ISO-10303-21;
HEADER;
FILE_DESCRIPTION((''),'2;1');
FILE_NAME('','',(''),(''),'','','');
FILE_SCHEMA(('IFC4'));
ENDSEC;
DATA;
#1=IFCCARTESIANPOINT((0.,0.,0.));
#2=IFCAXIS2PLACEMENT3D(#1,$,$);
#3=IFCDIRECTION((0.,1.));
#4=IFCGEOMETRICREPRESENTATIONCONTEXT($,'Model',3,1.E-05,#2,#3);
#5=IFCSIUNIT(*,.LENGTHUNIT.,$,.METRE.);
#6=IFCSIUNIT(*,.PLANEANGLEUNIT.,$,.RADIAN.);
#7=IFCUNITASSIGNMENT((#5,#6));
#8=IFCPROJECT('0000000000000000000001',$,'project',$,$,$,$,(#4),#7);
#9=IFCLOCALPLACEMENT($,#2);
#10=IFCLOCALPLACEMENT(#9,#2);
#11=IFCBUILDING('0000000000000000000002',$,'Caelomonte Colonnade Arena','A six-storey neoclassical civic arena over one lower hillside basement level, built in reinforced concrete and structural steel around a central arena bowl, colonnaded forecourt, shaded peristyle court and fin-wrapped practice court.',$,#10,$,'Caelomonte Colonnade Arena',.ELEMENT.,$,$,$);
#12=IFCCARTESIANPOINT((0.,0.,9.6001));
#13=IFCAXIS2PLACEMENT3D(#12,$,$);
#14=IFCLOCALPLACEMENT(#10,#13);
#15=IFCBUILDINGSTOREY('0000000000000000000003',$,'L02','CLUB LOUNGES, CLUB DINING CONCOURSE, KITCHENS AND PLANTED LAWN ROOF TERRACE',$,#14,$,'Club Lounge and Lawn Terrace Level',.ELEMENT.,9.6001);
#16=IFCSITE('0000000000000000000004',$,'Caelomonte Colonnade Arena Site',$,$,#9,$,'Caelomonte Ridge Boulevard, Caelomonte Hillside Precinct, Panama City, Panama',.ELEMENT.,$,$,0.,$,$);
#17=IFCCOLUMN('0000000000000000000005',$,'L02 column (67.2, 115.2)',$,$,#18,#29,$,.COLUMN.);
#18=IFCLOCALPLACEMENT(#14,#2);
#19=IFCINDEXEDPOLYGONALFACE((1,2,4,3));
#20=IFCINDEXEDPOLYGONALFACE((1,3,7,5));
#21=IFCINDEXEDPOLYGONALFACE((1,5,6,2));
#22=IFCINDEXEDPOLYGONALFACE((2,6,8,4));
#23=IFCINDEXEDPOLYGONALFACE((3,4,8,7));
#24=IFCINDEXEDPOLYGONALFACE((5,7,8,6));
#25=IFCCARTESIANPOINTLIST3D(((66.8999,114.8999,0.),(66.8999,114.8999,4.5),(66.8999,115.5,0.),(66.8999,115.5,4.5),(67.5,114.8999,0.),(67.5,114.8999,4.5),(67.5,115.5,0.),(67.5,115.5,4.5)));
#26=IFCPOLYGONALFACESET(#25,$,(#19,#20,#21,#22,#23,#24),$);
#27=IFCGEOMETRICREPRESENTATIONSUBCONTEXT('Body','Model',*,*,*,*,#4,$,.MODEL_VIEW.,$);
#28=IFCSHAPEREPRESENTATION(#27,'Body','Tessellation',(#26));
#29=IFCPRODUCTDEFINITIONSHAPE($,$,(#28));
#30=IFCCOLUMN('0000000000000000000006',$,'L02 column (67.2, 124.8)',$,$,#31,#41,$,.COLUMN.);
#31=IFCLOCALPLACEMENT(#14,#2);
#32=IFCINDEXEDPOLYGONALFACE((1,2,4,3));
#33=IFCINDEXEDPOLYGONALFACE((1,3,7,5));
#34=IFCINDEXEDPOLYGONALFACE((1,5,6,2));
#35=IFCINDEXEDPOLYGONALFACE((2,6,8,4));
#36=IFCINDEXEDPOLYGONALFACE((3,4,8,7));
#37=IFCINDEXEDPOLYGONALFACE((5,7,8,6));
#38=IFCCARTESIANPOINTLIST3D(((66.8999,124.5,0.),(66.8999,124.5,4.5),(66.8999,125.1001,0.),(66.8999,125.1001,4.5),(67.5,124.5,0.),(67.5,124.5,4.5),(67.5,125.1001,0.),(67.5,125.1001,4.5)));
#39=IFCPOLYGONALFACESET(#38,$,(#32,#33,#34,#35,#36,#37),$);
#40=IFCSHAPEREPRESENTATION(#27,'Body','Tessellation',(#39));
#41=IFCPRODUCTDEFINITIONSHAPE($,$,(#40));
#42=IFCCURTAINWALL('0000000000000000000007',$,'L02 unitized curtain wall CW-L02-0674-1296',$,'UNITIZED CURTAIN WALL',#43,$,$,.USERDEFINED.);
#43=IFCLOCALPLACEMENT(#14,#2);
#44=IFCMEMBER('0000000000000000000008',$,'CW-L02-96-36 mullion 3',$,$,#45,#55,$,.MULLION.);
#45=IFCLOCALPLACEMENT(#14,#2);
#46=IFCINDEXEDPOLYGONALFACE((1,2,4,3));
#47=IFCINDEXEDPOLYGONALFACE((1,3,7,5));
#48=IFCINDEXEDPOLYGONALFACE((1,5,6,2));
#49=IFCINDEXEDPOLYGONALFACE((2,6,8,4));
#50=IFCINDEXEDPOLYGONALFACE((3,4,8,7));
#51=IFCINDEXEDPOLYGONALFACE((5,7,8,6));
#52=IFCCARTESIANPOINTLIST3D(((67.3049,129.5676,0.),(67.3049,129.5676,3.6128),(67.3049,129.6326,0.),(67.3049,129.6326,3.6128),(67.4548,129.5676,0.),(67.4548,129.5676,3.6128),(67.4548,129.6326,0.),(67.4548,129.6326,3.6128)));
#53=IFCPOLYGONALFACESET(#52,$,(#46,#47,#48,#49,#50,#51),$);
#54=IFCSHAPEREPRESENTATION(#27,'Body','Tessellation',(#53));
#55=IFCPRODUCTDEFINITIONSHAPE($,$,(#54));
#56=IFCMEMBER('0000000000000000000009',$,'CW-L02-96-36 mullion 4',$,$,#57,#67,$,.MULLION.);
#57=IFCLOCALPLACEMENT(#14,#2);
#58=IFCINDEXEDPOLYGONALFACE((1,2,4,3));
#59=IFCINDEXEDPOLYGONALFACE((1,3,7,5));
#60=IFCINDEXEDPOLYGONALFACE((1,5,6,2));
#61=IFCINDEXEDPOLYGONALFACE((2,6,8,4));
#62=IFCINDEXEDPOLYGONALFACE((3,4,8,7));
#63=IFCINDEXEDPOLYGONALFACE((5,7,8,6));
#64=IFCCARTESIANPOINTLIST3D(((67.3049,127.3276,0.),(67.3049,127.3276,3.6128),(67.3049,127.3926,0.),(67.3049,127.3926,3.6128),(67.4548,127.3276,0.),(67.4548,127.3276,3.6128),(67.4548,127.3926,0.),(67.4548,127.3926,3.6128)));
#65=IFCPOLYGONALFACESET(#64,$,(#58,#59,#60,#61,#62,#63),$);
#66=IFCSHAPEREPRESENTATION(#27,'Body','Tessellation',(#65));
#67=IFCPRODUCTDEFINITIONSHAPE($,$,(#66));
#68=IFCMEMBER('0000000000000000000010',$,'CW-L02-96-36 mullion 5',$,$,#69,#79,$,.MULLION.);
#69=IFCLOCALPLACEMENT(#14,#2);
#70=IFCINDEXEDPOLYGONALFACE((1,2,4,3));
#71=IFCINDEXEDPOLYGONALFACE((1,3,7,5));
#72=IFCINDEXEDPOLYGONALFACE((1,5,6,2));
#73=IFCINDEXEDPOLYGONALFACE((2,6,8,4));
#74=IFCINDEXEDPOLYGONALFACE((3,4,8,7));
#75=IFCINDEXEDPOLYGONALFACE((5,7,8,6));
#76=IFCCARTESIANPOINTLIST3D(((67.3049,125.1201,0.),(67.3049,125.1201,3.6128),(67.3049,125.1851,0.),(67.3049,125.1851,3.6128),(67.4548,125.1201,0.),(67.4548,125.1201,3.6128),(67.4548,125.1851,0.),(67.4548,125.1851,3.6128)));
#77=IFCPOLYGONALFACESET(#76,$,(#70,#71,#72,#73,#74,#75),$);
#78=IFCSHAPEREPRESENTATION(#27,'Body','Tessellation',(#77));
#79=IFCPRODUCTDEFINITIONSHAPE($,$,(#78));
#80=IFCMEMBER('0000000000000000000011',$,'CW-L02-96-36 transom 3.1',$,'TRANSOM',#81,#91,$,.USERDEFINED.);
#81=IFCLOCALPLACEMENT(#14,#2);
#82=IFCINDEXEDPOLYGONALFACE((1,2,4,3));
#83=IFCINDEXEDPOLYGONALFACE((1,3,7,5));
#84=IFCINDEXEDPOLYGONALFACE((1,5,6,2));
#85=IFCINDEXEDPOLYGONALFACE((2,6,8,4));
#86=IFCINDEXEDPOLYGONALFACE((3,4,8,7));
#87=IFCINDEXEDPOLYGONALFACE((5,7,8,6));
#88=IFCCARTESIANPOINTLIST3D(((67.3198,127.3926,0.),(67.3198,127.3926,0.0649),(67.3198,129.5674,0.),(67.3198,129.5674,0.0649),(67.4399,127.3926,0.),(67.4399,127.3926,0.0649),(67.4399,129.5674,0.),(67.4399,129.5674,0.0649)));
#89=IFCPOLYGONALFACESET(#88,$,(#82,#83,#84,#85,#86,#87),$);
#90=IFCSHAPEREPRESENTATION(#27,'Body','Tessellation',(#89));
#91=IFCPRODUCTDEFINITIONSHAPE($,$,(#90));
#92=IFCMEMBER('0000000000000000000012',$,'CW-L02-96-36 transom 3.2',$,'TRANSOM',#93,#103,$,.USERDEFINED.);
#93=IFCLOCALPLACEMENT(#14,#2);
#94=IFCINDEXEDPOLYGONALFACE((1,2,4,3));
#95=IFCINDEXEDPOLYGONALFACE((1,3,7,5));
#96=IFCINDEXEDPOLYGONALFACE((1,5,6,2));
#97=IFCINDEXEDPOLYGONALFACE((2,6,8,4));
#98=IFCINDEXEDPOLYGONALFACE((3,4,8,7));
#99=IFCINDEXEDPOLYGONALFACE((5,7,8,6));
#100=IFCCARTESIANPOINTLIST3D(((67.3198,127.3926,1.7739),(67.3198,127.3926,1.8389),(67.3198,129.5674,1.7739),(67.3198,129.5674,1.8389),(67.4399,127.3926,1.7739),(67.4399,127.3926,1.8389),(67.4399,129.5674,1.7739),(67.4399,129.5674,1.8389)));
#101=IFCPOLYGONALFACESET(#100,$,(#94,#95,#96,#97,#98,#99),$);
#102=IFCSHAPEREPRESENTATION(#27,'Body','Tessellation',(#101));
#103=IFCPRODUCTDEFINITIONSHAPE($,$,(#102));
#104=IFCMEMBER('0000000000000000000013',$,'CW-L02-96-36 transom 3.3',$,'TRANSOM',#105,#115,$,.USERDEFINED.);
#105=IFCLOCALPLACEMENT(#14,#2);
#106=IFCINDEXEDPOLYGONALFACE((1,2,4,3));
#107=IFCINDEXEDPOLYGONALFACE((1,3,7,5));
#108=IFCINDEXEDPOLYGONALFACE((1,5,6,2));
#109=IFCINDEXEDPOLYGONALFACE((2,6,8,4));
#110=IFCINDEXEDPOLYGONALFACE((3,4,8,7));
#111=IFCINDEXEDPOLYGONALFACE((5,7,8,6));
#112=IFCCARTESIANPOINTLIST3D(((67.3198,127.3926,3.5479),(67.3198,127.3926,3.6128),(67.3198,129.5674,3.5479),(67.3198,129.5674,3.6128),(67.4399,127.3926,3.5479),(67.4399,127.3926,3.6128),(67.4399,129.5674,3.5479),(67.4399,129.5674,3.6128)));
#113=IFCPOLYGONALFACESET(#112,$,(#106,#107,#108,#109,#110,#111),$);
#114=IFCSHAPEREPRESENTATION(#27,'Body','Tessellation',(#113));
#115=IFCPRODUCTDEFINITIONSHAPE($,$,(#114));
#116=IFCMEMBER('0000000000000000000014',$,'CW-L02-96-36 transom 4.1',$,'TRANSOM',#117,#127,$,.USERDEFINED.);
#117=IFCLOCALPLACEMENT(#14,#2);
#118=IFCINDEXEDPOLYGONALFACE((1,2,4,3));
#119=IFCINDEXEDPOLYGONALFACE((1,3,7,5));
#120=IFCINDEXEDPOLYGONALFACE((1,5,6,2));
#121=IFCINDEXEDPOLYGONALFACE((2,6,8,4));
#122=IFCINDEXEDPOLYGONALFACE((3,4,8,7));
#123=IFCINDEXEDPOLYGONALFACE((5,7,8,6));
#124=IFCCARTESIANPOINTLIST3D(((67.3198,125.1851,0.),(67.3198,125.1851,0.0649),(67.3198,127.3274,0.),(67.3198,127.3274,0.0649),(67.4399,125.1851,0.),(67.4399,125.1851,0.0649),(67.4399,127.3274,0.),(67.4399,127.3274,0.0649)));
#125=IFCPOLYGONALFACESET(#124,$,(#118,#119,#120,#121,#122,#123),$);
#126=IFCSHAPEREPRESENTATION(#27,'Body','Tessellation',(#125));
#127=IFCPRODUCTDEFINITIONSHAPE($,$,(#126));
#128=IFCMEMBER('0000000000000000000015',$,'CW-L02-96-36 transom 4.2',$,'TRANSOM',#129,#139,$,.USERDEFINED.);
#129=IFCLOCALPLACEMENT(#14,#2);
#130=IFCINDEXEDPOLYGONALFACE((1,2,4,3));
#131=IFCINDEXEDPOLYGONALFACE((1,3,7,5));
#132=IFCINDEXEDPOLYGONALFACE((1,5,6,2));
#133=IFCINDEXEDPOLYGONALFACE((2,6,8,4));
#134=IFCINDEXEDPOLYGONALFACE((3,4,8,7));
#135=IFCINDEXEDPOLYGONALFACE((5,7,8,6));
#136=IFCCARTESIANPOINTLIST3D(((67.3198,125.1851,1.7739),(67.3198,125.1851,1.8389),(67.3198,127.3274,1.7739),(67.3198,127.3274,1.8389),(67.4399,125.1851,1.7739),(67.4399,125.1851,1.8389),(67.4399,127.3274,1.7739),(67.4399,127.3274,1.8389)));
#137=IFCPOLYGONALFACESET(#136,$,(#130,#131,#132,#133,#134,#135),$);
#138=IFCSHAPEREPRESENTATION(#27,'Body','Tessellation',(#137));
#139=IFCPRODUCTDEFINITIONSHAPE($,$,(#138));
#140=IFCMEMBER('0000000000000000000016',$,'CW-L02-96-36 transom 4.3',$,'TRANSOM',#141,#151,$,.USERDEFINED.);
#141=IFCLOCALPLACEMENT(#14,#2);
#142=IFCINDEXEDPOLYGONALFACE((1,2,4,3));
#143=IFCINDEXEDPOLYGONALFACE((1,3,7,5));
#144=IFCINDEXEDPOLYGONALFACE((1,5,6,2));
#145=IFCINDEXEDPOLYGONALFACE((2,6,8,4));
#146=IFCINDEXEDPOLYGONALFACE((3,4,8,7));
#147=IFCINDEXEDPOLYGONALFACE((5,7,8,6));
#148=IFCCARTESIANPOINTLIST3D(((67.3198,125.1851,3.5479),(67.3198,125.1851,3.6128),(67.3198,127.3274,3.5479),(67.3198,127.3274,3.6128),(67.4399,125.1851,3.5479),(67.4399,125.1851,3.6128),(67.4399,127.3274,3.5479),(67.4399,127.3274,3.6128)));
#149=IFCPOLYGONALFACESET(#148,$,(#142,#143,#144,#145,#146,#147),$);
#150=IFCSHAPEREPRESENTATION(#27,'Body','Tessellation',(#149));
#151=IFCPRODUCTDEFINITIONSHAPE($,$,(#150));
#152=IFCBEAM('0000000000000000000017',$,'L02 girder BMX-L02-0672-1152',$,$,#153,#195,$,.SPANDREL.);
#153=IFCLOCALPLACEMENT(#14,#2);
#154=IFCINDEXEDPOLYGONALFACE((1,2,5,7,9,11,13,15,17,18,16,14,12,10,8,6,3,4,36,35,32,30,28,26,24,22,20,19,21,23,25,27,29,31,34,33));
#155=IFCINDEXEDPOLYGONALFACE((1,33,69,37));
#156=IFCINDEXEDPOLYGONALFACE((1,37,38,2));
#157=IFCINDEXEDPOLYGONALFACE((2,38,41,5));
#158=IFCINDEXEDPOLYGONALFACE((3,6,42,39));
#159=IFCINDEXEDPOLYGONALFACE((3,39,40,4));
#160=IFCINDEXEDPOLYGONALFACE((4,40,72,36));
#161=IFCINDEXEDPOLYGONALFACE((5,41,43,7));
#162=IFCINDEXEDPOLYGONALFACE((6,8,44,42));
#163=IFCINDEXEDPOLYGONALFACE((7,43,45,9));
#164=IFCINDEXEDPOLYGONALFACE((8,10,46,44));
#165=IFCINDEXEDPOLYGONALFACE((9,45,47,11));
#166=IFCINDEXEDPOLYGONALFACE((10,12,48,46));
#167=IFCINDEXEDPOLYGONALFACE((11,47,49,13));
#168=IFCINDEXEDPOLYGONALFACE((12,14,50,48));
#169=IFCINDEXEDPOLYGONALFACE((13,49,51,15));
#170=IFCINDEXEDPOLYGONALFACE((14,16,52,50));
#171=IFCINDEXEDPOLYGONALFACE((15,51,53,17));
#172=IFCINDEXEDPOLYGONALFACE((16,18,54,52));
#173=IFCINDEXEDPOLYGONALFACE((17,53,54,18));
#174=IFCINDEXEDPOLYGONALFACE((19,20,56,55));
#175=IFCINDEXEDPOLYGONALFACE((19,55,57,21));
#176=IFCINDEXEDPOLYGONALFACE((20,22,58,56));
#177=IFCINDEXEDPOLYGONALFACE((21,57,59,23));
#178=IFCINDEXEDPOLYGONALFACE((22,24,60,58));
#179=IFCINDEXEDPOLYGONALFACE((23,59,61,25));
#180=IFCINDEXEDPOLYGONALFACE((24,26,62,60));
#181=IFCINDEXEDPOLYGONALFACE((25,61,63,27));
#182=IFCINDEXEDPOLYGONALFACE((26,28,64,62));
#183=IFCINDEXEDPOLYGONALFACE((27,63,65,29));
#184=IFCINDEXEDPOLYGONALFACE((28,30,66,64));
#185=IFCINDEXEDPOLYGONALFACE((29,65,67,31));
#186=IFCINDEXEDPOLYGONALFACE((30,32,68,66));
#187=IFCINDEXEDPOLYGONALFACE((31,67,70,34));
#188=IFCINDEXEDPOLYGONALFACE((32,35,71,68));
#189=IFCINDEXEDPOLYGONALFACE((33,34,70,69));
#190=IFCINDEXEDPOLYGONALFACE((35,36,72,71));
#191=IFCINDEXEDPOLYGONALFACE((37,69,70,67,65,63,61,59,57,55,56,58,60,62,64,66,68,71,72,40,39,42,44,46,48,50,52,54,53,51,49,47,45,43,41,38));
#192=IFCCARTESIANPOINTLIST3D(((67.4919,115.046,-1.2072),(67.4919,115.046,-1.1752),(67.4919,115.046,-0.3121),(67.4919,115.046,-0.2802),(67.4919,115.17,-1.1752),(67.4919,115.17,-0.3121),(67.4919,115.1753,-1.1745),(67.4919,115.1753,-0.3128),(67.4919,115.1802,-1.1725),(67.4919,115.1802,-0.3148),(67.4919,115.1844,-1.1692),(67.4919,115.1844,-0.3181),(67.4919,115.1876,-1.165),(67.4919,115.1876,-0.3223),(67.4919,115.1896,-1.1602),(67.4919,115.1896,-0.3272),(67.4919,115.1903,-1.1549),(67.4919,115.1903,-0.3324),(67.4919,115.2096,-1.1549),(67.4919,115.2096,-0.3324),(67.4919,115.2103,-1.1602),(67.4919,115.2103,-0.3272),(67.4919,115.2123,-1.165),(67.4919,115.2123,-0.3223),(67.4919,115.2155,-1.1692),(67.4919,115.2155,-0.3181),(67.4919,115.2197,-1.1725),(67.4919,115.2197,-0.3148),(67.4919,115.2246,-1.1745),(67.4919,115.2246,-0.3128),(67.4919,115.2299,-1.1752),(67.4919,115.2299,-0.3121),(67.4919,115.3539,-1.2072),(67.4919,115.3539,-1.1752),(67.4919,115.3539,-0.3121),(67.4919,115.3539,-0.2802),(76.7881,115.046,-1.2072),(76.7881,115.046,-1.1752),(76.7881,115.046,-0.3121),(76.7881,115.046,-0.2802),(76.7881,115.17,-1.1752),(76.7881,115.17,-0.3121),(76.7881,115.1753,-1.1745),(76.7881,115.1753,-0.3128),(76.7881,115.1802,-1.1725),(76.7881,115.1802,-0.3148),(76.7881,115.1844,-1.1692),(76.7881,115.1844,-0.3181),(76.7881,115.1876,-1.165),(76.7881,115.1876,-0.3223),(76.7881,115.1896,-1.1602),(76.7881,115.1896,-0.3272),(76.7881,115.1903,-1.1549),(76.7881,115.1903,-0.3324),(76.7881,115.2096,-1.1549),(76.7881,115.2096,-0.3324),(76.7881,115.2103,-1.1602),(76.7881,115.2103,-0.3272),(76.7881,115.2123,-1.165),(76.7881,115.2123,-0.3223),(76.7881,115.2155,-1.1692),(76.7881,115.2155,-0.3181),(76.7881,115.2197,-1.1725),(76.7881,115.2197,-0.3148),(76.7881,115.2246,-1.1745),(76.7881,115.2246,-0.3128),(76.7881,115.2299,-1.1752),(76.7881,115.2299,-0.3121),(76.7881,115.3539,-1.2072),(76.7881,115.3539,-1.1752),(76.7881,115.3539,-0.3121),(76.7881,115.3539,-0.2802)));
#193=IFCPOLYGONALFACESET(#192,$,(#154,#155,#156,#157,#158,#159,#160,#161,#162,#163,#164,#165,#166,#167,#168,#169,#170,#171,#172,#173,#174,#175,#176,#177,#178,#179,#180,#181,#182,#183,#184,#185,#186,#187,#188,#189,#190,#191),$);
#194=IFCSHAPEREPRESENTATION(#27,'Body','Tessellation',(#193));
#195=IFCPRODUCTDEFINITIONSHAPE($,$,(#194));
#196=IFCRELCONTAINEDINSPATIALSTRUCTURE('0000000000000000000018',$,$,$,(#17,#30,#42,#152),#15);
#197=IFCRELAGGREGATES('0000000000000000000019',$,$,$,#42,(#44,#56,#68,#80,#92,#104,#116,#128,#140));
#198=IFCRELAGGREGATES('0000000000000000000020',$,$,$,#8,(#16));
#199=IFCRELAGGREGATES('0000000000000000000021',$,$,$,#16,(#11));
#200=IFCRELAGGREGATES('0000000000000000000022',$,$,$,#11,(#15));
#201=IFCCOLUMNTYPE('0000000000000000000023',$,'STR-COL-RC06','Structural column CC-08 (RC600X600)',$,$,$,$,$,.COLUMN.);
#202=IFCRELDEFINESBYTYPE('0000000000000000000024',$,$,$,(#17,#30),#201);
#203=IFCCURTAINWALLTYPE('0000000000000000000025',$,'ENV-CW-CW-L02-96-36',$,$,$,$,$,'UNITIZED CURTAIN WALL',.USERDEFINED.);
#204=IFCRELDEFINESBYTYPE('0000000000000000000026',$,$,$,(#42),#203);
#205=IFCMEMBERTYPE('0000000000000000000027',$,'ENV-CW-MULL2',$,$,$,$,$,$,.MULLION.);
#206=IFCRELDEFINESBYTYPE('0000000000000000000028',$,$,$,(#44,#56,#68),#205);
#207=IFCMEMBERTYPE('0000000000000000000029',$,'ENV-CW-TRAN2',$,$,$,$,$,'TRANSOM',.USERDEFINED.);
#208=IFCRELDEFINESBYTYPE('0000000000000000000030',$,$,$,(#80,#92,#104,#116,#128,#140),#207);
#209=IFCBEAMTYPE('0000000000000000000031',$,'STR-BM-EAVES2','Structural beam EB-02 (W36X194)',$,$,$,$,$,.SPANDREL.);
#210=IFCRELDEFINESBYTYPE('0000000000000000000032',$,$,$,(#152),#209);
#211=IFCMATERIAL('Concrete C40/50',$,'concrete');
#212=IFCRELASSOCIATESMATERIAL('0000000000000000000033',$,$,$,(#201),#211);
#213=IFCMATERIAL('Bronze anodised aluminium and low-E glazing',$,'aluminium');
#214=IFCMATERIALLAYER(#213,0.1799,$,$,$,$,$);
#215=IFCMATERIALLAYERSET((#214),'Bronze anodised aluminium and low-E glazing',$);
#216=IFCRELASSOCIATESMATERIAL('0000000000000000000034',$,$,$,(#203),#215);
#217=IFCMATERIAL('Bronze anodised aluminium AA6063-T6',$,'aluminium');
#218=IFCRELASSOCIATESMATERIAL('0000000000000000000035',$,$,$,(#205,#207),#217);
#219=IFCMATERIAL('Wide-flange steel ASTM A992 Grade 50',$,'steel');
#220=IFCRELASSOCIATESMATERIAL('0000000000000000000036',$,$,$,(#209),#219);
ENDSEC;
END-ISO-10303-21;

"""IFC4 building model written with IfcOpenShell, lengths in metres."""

from ifc_helpers import new_model, si_unit, direction, frame, origin, origin_2d, place, context, subcontext, project, spatial, rectangle, i_section, extrude, material, layer, layer_set, material_profile, profile_set, type_object, element, aggregate, save


model = new_model("IFC4")

# Units and contexts
model_context = context("Model", 3, precision=1e-05, world=origin(), true_north=direction((0.0, 1.0)))
body_context = subcontext(model_context, "Body", "Model", "MODEL_VIEW")
ifc_project = project(units=[si_unit("LENGTHUNIT", "METRE"), si_unit("PLANEANGLEUNIT", "RADIAN")], contexts=[model_context])

# Site, building, storey
site_placement = place(None, origin())
site = spatial("IfcSite", under=ifc_project, at=site_placement, Name="Caelomonte Colonnade Arena Site", LongName="Caelomonte Ridge Boulevard, Caelomonte Hillside Precinct, Panama City, Panama", CompositionType="ELEMENT", RefElevation=0.0)
building_placement = place(site_placement, origin())
building = spatial("IfcBuilding", under=site, at=building_placement, Name="Caelomonte Colonnade Arena", Description="A six-storey neoclassical civic arena over one lower hillside basement level, built in reinforced concrete and structural steel around a central arena bowl, colonnaded forecourt, shaded peristyle court and fin-wrapped practice court.", LongName="Caelomonte Colonnade Arena", CompositionType="ELEMENT")
storey_placement = place(building_placement, frame((0.0, 0.0, 9.6001)))
storey = spatial("IfcBuildingStorey", under=building, at=storey_placement, Name="L02", Description="CLUB LOUNGES, CLUB DINING CONCOURSE, KITCHENS AND PLANTED LAWN ROOF TERRACE", LongName="Club Lounge and Lawn Terrace Level", CompositionType="ELEMENT", Elevation=9.6001)

# Columns
ifc_material_1 = material(Name="Concrete C40/50", Category="concrete")
ifc_material_profile_1 = material_profile(ifc_material_1, rectangle(XDim=0.6001, YDim=0.6001, at=origin_2d()), Name="RC600X600")
ifc_profile_set_1 = profile_set([ifc_material_profile_1], Name="Concrete C40/50")
column_type = type_object("IfcColumnType", Name="STR-COL-RC06", Description="Structural column CC-08 (RC600X600)", PredefinedType="COLUMN", material=ifc_profile_set_1)
for number, where, z_axis, x_axis, name in (
    (1, (67.2, 115.2, 0.0), (0.0, 0.0, 1.0), (1.0, 0.0, 0.0), "L02 column (67.2, 115.2)"),
    (2, (67.2, 124.8, 0.0), (0.0, 0.0, 1.0), (1.0, 0.0, 0.0), "L02 column (67.2, 124.8)"),
):
    element("IfcColumn", number, at=place(storey_placement, frame(where, z_axis=z_axis, x_axis=x_axis)), inside=storey, type_object=column_type, Name=name, PredefinedType="COLUMN", context=body_context, shape_type="SweptSolid", body=[
        extrude(rectangle(XDim=0.6001, YDim=0.6001, at=origin_2d()), origin(), (0.0, 0.0, 1.0), 4.5),
    ])

# Curtain wall, members
ifc_material_2 = material(Name="Bronze anodised aluminium and low-E glazing", Category="aluminium")
ifc_layer_1 = layer(ifc_material_2, 0.1799)
ifc_layer_set_1 = layer_set([ifc_layer_1], Name="Bronze anodised aluminium and low-E glazing")
curtain_wall_type = type_object("IfcCurtainWallType", Name="ENV-CW-CW-L02-96-36", ElementType="UNITIZED CURTAIN WALL", PredefinedType="USERDEFINED", material=ifc_layer_set_1)
curtain_wall_placement = place(storey_placement, origin())
curtain_wall = element("IfcCurtainWall", 3, at=curtain_wall_placement, inside=storey, type_object=curtain_wall_type, Name="L02 unitized curtain wall CW-L02-0674-1296", ObjectType="UNITIZED CURTAIN WALL", PredefinedType="USERDEFINED")
ifc_material_3 = material(Name="Bronze anodised aluminium AA6063-T6", Category="aluminium")
ifc_material_profile_2 = material_profile(ifc_material_3, rectangle(XDim=0.0649, YDim=0.1499, at=origin_2d()), Name="CWM-65X150")
ifc_profile_set_2 = profile_set([ifc_material_profile_2], Name="Bronze anodised aluminium AA6063-T6")
member_type_1 = type_object("IfcMemberType", Name="ENV-CW-MULL2", PredefinedType="MULLION", material=ifc_profile_set_2)
member_1_placement = place(storey_placement, frame((67.3799, 129.6001, 0.0), z_axis=(0.0, 0.0, 1.0), x_axis=(0.0, -1.0, 0.0)))
member_1 = element("IfcMember", 4, at=member_1_placement, type_object=member_type_1, Name="CW-L02-96-36 mullion 3", PredefinedType="MULLION", context=body_context, shape_type="SweptSolid", body=[
    extrude(rectangle(XDim=0.0649, YDim=0.1499, at=origin_2d()), origin(), (0.0, 0.0, 1.0), 3.6128),
])
member_2_placement = place(storey_placement, frame((67.3799, 127.3601, 0.0), z_axis=(0.0, 0.0, 1.0), x_axis=(0.0, -1.0, 0.0)))
member_2 = element("IfcMember", 5, at=member_2_placement, type_object=member_type_1, Name="CW-L02-96-36 mullion 4", PredefinedType="MULLION", context=body_context, shape_type="SweptSolid", body=[
    extrude(rectangle(XDim=0.0649, YDim=0.1499, at=origin_2d()), origin(), (0.0, 0.0, 1.0), 3.6128),
])
member_3_placement = place(storey_placement, frame((67.3799, 125.1526, 0.0), z_axis=(0.0, 0.0, 1.0), x_axis=(0.0, -1.0, 0.0)))
member_3 = element("IfcMember", 6, at=member_3_placement, type_object=member_type_1, Name="CW-L02-96-36 mullion 5", PredefinedType="MULLION", context=body_context, shape_type="SweptSolid", body=[
    extrude(rectangle(XDim=0.0649, YDim=0.1499, at=origin_2d()), origin(), (0.0, 0.0, 1.0), 3.6128),
])
ifc_material_profile_3 = material_profile(ifc_material_3, rectangle(XDim=0.0649, YDim=0.1201, at=origin_2d()), Name="CWT-65X120")
ifc_profile_set_3 = profile_set([ifc_material_profile_3], Name="Bronze anodised aluminium AA6063-T6")
member_type_2 = type_object("IfcMemberType", Name="ENV-CW-TRAN2", ElementType="TRANSOM", PredefinedType="USERDEFINED", material=ifc_profile_set_3)
member_4_placement = place(storey_placement, frame((67.3799, 129.5674, 0.0325), z_axis=(0.0, -1.0, 0.0), x_axis=(0.0, 0.0, 1.0)))
member_4 = element("IfcMember", 7, at=member_4_placement, type_object=member_type_2, Name="CW-L02-96-36 transom 3.1", ObjectType="TRANSOM", PredefinedType="USERDEFINED", context=body_context, shape_type="SweptSolid", body=[
    extrude(rectangle(XDim=0.0649, YDim=0.1201, at=origin_2d()), origin(), (0.0, 0.0, 1.0), 2.1748),
])
member_5_placement = place(storey_placement, frame((67.3799, 129.5674, 1.8064), z_axis=(0.0, -1.0, 0.0), x_axis=(0.0, 0.0, 1.0)))
member_5 = element("IfcMember", 8, at=member_5_placement, type_object=member_type_2, Name="CW-L02-96-36 transom 3.2", ObjectType="TRANSOM", PredefinedType="USERDEFINED", context=body_context, shape_type="SweptSolid", body=[
    extrude(rectangle(XDim=0.0649, YDim=0.1201, at=origin_2d()), origin(), (0.0, 0.0, 1.0), 2.1748),
])
member_6_placement = place(storey_placement, frame((67.3799, 129.5674, 3.5803), z_axis=(0.0, -1.0, 0.0), x_axis=(0.0, 0.0, 1.0)))
member_6 = element("IfcMember", 9, at=member_6_placement, type_object=member_type_2, Name="CW-L02-96-36 transom 3.3", ObjectType="TRANSOM", PredefinedType="USERDEFINED", context=body_context, shape_type="SweptSolid", body=[
    extrude(rectangle(XDim=0.0649, YDim=0.1201, at=origin_2d()), origin(), (0.0, 0.0, 1.0), 2.1748),
])
member_7_placement = place(storey_placement, frame((67.3799, 127.3274, 0.0325), z_axis=(0.0, -1.0, 0.0), x_axis=(0.0, 0.0, 1.0)))
member_7 = element("IfcMember", 10, at=member_7_placement, type_object=member_type_2, Name="CW-L02-96-36 transom 4.1", ObjectType="TRANSOM", PredefinedType="USERDEFINED", context=body_context, shape_type="SweptSolid", body=[
    extrude(rectangle(XDim=0.0649, YDim=0.1201, at=origin_2d()), origin(), (0.0, 0.0, 1.0), 2.1423),
])
member_8_placement = place(storey_placement, frame((67.3799, 127.3274, 1.8064), z_axis=(0.0, -1.0, 0.0), x_axis=(0.0, 0.0, 1.0)))
member_8 = element("IfcMember", 11, at=member_8_placement, type_object=member_type_2, Name="CW-L02-96-36 transom 4.2", ObjectType="TRANSOM", PredefinedType="USERDEFINED", context=body_context, shape_type="SweptSolid", body=[
    extrude(rectangle(XDim=0.0649, YDim=0.1201, at=origin_2d()), origin(), (0.0, 0.0, 1.0), 2.1423),
])
member_9_placement = place(storey_placement, frame((67.3799, 127.3274, 3.5803), z_axis=(0.0, -1.0, 0.0), x_axis=(0.0, 0.0, 1.0)))
member_9 = element("IfcMember", 12, at=member_9_placement, type_object=member_type_2, Name="CW-L02-96-36 transom 4.3", ObjectType="TRANSOM", PredefinedType="USERDEFINED", context=body_context, shape_type="SweptSolid", body=[
    extrude(rectangle(XDim=0.0649, YDim=0.1201, at=origin_2d()), origin(), (0.0, 0.0, 1.0), 2.1423),
])

# Beam
ifc_material_4 = material(Name="Wide-flange steel ASTM A992 Grade 50", Category="steel")
ifc_material_profile_4 = material_profile(ifc_material_4, i_section(OverallWidth=0.3079, OverallDepth=0.927, WebThickness=0.0193, FlangeThickness=0.032, FilletRadius=0.0203, at=origin_2d()), Name="W36X194")
ifc_profile_set_4 = profile_set([ifc_material_profile_4], Name="Wide-flange steel ASTM A992 Grade 50")
beam_type_1 = type_object("IfcBeamType", Name="STR-BM-EAVES2", Description="Structural beam EB-02 (W36X194)", PredefinedType="SPANDREL", material=ifc_profile_set_4)
beam_1_placement = place(storey_placement, frame((67.4919, 115.2, -0.7437), z_axis=(1.0, 0.0, 0.0), x_axis=(0.0, 1.0, 0.0)))
element("IfcBeam", 13, at=beam_1_placement, inside=storey, type_object=beam_type_1, Name="L02 girder BMX-L02-0672-1152", PredefinedType="SPANDREL", context=body_context, shape_type="SweptSolid", body=[
    extrude(i_section(OverallWidth=0.3079, OverallDepth=0.927, WebThickness=0.0193, FlangeThickness=0.032, FilletRadius=0.0203, at=origin_2d()), origin(), (0.0, 0.0, 1.0), 9.2961),
])

aggregate(curtain_wall, [member_1, member_2, member_3, member_4, member_5, member_6, member_7, member_8, member_9])

save(model, "model.ifc")
